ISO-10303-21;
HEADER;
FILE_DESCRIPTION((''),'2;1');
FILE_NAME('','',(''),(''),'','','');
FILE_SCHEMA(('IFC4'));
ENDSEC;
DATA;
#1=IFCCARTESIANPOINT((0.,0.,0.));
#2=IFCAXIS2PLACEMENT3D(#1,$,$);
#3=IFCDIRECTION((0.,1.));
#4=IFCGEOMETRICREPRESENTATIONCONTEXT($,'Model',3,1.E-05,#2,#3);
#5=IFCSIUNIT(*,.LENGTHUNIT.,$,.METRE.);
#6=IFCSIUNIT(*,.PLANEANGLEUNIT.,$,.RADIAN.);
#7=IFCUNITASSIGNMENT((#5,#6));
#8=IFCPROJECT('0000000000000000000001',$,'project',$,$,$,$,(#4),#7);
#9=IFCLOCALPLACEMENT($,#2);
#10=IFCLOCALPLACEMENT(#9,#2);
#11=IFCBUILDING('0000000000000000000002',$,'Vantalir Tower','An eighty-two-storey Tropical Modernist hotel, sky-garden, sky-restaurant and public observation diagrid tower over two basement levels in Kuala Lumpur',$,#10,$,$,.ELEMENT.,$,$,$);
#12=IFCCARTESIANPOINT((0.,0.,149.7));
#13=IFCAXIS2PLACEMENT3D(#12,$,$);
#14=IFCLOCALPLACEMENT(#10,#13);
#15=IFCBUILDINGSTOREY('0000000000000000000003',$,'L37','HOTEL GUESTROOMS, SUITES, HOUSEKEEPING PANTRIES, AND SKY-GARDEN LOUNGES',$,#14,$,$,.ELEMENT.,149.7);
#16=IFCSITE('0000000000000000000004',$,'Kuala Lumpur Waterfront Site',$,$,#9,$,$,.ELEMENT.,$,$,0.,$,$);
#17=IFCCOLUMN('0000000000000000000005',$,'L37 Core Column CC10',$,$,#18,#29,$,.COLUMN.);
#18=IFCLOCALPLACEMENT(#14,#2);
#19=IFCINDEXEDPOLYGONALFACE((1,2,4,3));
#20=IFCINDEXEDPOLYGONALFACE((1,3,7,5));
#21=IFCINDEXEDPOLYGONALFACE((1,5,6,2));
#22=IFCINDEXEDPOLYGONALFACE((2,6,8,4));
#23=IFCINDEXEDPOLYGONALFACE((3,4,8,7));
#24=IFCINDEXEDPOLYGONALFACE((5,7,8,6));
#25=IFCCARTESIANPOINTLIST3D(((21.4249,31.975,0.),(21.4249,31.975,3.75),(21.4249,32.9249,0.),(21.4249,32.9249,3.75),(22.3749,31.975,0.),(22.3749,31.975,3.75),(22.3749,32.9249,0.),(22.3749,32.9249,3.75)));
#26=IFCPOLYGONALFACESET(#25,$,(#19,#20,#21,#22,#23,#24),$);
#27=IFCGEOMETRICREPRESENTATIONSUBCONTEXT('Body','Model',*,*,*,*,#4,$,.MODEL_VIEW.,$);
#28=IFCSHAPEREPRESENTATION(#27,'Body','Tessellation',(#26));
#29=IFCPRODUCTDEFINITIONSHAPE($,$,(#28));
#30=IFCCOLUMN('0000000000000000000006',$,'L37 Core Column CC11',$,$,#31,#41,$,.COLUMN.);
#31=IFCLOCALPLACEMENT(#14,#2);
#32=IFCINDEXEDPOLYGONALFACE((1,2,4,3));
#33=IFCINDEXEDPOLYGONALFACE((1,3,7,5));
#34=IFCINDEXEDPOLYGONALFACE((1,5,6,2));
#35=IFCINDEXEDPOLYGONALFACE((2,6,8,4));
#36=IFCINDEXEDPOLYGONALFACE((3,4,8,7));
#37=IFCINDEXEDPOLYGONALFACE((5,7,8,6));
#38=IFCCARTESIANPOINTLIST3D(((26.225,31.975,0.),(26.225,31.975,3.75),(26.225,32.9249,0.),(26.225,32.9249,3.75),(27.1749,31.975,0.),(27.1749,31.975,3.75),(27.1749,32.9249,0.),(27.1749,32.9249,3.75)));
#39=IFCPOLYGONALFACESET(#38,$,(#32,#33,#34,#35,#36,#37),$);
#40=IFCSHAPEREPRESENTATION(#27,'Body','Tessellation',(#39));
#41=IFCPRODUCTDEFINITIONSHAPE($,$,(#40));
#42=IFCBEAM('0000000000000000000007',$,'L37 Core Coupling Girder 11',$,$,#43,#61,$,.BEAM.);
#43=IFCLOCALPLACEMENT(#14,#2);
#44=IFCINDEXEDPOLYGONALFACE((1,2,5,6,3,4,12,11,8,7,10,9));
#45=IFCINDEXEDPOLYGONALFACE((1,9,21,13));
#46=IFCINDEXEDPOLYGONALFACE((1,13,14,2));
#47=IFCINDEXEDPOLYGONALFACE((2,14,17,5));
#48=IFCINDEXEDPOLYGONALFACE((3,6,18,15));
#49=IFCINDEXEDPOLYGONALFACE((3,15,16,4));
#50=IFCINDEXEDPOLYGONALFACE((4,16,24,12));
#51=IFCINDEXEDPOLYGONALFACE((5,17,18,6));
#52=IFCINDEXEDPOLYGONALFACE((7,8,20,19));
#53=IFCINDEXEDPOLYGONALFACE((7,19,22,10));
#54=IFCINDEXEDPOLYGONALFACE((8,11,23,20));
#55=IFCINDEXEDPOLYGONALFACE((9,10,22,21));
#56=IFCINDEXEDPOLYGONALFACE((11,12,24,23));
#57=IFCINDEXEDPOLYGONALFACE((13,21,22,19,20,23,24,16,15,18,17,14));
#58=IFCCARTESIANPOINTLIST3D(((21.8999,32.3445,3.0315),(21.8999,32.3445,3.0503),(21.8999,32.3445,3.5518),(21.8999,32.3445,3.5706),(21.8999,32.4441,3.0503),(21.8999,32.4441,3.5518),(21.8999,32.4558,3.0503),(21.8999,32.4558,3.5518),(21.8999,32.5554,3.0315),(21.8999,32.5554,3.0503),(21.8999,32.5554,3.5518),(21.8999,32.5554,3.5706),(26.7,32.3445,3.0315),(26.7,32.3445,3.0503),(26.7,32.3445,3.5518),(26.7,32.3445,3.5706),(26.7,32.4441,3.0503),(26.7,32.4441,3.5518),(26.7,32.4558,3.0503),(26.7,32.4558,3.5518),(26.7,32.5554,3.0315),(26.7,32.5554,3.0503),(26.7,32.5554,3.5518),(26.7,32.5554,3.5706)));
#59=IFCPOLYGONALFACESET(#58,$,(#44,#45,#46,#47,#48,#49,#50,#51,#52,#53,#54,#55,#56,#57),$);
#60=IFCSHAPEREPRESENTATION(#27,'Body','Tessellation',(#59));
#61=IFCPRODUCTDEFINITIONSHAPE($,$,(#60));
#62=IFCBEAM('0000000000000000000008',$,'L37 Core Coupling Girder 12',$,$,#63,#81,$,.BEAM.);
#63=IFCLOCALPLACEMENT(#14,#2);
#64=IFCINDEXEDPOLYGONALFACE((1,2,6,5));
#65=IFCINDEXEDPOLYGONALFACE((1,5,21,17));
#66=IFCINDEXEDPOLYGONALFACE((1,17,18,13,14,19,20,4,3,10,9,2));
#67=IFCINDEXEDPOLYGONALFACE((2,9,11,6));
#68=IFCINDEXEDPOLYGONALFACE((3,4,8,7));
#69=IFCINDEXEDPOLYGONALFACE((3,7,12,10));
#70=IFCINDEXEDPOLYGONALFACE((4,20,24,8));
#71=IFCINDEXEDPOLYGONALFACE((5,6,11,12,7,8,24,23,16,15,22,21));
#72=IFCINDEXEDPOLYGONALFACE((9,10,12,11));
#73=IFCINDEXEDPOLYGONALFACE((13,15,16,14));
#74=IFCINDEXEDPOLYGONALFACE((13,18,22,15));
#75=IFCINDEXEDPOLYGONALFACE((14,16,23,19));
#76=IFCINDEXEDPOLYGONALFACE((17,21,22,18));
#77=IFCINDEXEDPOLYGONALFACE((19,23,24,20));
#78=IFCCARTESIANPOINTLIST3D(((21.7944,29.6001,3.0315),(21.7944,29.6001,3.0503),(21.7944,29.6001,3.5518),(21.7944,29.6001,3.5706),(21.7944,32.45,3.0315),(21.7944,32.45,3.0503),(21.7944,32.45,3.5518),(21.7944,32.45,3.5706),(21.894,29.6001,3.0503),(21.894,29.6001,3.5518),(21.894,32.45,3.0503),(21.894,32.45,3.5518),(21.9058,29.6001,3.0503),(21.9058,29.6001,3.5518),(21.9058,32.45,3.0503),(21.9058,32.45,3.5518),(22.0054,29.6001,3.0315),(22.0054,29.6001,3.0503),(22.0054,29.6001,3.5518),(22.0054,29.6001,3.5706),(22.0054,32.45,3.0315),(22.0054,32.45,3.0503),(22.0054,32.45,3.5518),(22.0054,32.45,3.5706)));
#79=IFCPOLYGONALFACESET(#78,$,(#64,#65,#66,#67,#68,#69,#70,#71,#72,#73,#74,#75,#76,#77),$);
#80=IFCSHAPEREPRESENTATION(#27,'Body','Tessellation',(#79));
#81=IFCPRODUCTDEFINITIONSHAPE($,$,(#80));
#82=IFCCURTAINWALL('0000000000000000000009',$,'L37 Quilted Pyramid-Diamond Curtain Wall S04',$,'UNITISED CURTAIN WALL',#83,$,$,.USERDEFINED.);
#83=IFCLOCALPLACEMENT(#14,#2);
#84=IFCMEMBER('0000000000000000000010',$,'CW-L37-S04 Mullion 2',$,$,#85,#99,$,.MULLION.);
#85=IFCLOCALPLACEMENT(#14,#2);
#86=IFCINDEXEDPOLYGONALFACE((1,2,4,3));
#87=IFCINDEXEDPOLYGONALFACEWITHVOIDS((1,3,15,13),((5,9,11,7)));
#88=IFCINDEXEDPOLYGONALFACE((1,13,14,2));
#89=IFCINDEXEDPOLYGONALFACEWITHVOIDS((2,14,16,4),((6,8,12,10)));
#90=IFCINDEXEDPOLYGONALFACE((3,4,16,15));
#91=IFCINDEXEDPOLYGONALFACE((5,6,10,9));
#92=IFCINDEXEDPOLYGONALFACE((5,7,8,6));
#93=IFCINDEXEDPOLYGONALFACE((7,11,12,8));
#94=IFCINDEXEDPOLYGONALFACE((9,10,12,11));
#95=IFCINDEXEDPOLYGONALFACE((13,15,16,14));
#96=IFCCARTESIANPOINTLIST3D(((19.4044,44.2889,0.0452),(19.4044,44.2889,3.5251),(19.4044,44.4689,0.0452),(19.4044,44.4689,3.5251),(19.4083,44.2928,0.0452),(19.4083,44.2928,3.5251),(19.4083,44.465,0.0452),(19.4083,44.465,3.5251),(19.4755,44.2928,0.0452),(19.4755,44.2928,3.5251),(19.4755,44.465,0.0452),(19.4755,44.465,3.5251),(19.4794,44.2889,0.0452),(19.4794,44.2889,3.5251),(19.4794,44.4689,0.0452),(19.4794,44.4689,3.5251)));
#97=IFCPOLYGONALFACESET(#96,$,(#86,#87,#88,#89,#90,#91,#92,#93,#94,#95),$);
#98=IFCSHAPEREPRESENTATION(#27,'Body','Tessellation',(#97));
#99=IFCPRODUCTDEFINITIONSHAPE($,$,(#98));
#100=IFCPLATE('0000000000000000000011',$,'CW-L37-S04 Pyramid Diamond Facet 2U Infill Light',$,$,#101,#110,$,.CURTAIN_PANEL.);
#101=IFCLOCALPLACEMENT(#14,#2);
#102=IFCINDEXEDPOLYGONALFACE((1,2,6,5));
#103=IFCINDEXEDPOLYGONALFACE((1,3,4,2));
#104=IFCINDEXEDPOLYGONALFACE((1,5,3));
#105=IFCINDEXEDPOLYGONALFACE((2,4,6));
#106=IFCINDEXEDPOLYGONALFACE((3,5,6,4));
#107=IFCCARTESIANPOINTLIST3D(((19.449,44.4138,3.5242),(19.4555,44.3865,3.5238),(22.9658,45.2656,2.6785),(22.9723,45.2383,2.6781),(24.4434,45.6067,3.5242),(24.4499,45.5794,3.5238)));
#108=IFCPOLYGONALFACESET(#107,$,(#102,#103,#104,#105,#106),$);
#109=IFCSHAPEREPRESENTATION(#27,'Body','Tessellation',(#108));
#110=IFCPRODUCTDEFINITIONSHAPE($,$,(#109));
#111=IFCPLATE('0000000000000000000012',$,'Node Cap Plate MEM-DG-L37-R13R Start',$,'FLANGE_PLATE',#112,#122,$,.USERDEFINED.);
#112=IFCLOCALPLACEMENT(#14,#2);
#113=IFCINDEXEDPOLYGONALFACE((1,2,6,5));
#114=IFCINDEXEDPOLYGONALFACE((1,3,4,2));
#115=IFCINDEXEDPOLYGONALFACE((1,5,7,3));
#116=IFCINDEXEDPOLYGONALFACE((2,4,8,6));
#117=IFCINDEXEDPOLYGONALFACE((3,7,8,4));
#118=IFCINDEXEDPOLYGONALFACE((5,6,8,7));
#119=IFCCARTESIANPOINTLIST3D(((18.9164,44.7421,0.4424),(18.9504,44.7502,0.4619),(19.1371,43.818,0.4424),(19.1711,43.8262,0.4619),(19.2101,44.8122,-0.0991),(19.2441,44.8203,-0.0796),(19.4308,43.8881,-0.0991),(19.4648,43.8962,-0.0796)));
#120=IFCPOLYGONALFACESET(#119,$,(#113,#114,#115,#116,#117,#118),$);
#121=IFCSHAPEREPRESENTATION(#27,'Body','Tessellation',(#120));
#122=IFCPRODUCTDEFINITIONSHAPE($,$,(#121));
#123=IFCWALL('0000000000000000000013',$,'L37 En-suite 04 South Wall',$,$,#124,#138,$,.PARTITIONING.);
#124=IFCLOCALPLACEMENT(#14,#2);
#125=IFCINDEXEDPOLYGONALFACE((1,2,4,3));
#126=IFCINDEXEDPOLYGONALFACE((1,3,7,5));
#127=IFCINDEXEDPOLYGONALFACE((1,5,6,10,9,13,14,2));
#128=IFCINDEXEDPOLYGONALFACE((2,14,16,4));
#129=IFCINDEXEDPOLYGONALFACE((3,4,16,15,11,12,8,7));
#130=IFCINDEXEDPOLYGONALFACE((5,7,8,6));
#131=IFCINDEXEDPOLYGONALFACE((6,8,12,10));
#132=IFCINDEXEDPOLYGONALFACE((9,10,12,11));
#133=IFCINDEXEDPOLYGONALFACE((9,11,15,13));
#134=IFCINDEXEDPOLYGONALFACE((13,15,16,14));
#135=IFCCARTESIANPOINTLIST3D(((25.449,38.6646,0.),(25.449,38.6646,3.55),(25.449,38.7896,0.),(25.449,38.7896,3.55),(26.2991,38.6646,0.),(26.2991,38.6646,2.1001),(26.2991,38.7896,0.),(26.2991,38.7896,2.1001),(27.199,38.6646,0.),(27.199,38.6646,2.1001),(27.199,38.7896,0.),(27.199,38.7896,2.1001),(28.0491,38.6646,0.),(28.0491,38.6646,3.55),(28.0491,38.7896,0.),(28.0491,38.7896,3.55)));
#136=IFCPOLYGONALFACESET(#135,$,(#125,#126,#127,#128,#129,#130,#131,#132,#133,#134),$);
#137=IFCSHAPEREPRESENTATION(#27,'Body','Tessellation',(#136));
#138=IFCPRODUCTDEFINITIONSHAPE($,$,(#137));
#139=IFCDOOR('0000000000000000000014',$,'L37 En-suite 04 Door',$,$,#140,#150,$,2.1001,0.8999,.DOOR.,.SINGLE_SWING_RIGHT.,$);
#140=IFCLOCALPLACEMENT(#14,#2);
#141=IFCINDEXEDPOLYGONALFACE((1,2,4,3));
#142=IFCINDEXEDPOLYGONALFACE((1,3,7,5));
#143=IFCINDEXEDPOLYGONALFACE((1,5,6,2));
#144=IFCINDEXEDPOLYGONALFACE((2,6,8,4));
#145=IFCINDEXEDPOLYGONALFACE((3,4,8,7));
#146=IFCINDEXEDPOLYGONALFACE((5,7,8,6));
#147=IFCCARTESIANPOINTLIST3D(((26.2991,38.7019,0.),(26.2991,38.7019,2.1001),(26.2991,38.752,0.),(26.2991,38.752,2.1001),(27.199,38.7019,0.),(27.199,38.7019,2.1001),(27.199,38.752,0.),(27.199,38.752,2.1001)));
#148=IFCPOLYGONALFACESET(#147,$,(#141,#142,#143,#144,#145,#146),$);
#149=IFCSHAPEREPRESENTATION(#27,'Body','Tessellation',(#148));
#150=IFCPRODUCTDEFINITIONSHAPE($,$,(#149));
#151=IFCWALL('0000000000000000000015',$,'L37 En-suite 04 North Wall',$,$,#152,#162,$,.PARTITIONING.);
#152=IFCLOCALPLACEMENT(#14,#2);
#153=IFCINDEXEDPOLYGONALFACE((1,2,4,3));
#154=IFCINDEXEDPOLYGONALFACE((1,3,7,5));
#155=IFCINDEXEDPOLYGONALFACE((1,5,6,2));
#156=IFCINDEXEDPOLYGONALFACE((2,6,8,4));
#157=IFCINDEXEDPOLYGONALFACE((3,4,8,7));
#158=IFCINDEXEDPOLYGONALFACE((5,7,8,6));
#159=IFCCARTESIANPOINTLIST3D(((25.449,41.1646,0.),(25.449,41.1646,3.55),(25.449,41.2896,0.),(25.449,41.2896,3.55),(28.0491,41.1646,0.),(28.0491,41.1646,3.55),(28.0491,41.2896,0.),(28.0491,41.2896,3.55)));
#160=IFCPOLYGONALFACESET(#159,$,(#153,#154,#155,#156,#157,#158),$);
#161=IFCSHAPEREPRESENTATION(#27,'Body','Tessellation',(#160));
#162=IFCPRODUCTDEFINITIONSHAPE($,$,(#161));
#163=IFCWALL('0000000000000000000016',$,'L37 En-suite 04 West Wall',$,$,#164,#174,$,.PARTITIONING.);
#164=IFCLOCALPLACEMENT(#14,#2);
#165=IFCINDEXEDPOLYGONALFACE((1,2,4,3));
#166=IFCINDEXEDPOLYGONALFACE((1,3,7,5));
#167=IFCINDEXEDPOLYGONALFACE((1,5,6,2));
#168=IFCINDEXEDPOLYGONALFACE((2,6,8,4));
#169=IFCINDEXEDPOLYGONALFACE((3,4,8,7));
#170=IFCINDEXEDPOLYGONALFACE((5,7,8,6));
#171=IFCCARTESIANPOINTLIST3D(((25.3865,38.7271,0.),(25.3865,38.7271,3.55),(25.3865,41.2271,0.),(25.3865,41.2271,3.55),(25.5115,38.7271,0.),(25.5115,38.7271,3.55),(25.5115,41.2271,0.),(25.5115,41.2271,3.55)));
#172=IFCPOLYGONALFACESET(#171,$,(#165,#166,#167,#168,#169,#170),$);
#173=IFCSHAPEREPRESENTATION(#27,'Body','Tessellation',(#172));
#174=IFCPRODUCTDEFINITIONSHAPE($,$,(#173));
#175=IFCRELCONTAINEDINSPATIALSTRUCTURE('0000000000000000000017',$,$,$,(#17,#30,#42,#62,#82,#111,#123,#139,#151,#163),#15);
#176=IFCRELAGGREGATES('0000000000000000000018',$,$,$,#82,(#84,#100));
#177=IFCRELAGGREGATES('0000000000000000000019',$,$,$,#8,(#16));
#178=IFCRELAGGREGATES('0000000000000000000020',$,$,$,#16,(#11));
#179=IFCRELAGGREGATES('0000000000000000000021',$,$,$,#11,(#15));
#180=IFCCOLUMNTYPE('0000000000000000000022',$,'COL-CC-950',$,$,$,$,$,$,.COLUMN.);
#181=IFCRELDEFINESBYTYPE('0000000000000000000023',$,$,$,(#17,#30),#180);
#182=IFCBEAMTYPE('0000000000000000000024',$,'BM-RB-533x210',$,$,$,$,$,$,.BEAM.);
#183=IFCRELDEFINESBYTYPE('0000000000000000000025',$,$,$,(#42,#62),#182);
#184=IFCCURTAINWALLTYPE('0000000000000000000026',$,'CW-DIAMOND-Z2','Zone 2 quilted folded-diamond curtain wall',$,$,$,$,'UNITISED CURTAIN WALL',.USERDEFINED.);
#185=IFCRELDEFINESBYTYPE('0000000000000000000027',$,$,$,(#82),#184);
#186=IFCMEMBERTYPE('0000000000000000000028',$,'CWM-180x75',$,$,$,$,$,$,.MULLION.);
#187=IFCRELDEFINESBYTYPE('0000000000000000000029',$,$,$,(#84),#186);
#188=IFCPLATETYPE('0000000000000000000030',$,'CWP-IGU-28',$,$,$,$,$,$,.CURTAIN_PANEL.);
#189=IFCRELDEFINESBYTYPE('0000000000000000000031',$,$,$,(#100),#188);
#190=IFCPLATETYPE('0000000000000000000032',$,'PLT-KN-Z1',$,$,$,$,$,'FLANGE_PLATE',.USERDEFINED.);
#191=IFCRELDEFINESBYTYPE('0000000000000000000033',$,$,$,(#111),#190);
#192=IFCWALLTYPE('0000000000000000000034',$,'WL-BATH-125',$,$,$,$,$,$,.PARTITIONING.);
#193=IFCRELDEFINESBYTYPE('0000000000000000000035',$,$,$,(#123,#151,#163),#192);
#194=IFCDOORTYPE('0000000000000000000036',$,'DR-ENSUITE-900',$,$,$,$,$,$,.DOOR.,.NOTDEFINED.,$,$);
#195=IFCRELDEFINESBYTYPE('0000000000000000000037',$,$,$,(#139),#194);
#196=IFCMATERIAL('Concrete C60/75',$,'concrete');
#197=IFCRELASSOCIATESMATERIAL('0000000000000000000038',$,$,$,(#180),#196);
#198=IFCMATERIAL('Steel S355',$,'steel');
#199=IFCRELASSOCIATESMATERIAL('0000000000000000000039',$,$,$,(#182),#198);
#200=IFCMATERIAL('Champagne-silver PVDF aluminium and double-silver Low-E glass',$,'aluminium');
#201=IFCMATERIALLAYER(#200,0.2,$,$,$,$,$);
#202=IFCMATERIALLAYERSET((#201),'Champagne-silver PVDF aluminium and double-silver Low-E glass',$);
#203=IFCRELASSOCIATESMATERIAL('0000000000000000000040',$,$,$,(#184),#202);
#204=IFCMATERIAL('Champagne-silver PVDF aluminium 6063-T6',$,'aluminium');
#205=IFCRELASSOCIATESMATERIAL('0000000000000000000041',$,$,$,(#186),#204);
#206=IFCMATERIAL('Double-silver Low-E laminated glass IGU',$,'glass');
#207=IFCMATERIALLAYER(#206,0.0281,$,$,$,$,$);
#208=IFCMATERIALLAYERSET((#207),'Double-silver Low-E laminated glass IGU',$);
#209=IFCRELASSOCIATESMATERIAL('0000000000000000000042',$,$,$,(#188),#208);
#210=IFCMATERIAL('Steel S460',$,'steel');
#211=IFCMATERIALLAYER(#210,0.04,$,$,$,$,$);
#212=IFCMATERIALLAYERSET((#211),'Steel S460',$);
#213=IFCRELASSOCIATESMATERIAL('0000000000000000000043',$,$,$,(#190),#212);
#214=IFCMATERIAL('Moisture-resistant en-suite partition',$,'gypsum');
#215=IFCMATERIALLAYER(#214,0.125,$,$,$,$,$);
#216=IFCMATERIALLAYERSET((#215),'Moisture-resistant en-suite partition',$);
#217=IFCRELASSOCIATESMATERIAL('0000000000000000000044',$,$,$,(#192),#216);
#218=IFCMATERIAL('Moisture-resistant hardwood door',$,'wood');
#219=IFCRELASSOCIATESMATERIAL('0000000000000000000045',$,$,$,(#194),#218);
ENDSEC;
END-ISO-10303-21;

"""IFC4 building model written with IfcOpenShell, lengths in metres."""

from ifc_helpers import new_model, si_unit, direction, frame, frame_2d, origin, origin_2d, place, context, subcontext, project, spatial, polyline, rectangle, hollow_rectangle, i_section, outline, extrude, material, layer, layer_set, material_profile, profile_set, type_object, element, fill, aggregate, save


model = new_model("IFC4")

# Units and contexts
model_context = context("Model", 3, precision=1e-05, world=origin(), true_north=direction((0.0, 1.0)))
body_context = subcontext(model_context, "Body", "Model", "MODEL_VIEW")
ifc_project = project(units=[si_unit("LENGTHUNIT", "METRE"), si_unit("PLANEANGLEUNIT", "RADIAN")], contexts=[model_context])

# Site, building, storey
site_placement = place(None, origin())
site = spatial("IfcSite", under=ifc_project, at=site_placement, Name="Kuala Lumpur Waterfront Site", CompositionType="ELEMENT", RefElevation=0.0)
building_placement = place(site_placement, origin())
building = spatial("IfcBuilding", under=site, at=building_placement, Name="Vantalir Tower", Description="An eighty-two-storey Tropical Modernist hotel, sky-garden, sky-restaurant and public observation diagrid tower over two basement levels in Kuala Lumpur", CompositionType="ELEMENT")
storey_placement = place(building_placement, frame((0.0, 0.0, 149.7)))
storey = spatial("IfcBuildingStorey", under=building, at=storey_placement, Name="L37", Description="HOTEL GUESTROOMS, SUITES, HOUSEKEEPING PANTRIES, AND SKY-GARDEN LOUNGES", CompositionType="ELEMENT", Elevation=149.7)

# Columns
ifc_material_1 = material(Name="Concrete C60/75", Category="concrete")
ifc_material_profile_1 = material_profile(ifc_material_1, rectangle(XDim=0.95, YDim=0.95, at=origin_2d()), Name="Concrete C60/75")
ifc_profile_set_1 = profile_set([ifc_material_profile_1], Name="Concrete C60/75")
column_type = type_object("IfcColumnType", Name="COL-CC-950", PredefinedType="COLUMN", material=ifc_profile_set_1)
for number, where, z_axis, x_axis, name in (
    (1, (21.8999, 32.45, 0.0), (0.0, 0.0, 1.0), (1.0, 0.0, 0.0), "L37 Core Column CC10"),
    (2, (26.7, 32.45, 0.0), (0.0, 0.0, 1.0), (1.0, 0.0, 0.0), "L37 Core Column CC11"),
):
    element("IfcColumn", number, at=place(storey_placement, frame(where, z_axis=z_axis, x_axis=x_axis)), inside=storey, type_object=column_type, Name=name, PredefinedType="COLUMN", context=body_context, shape_type="SweptSolid", body=[
        extrude(rectangle(XDim=0.95, YDim=0.95, at=origin_2d()), origin(), (0.0, 0.0, 1.0), 3.75),
    ])

# Beams
ifc_material_2 = material(Name="Steel S355", Category="steel")
ifc_material_profile_2 = material_profile(ifc_material_2, i_section(OverallWidth=0.2109, OverallDepth=0.5391, WebThickness=0.0117, FlangeThickness=0.0188, at=origin_2d()), Name="Steel S355")
ifc_profile_set_2 = profile_set([ifc_material_profile_2], Name="Steel S355")
beam_type = type_object("IfcBeamType", Name="BM-RB-533x210", PredefinedType="BEAM", material=ifc_profile_set_2)
beam_1_placement = place(storey_placement, frame((26.7, 32.45, 3.301), z_axis=(-1.0, 0.0, 0.0), x_axis=(0.0, -1.0, 0.0)))
element("IfcBeam", 3, at=beam_1_placement, inside=storey, type_object=beam_type, Name="L37 Core Coupling Girder 11", PredefinedType="BEAM", context=body_context, shape_type="SweptSolid", body=[
    extrude(i_section(OverallWidth=0.2109, OverallDepth=0.5391, WebThickness=0.0117, FlangeThickness=0.0188, at=origin_2d()), origin(), (0.0, 0.0, 1.0), 4.8),
])
beam_2_placement = place(storey_placement, frame((21.8999, 32.45, 3.301), z_axis=(0.0, -1.0, 0.0), x_axis=(1.0, 0.0, 0.0)))
element("IfcBeam", 4, at=beam_2_placement, inside=storey, type_object=beam_type, Name="L37 Core Coupling Girder 12", PredefinedType="BEAM", context=body_context, shape_type="SweptSolid", body=[
    extrude(i_section(OverallWidth=0.2109, OverallDepth=0.5391, WebThickness=0.0117, FlangeThickness=0.0188, at=origin_2d()), origin(), (0.0, 0.0, 1.0), 2.8499),
])

# Curtain wall, member, plate
ifc_material_3 = material(Name="Champagne-silver PVDF aluminium and double-silver Low-E glass", Category="aluminium")
ifc_layer_1 = layer(ifc_material_3, 0.2)
ifc_layer_set_1 = layer_set([ifc_layer_1], Name="Champagne-silver PVDF aluminium and double-silver Low-E glass")
curtain_wall_type = type_object("IfcCurtainWallType", Name="CW-DIAMOND-Z2", Description="Zone 2 quilted folded-diamond curtain wall", ElementType="UNITISED CURTAIN WALL", PredefinedType="USERDEFINED", material=ifc_layer_set_1)
curtain_wall_placement = place(storey_placement, origin())
curtain_wall = element("IfcCurtainWall", 5, at=curtain_wall_placement, inside=storey, type_object=curtain_wall_type, Name="L37 Quilted Pyramid-Diamond Curtain Wall S04", ObjectType="UNITISED CURTAIN WALL", PredefinedType="USERDEFINED")
ifc_material_4 = material(Name="Champagne-silver PVDF aluminium 6063-T6", Category="aluminium")
ifc_material_profile_3 = material_profile(ifc_material_4, hollow_rectangle(XDim=0.075, YDim=0.1799, WallThickness=0.0039, at=origin_2d()), Name="Champagne-silver PVDF aluminium 6063-T6")
ifc_profile_set_3 = profile_set([ifc_material_profile_3], Name="Champagne-silver PVDF aluminium 6063-T6")
member_type = type_object("IfcMemberType", Name="CWM-180x75", PredefinedType="MULLION", material=ifc_profile_set_3)
member_placement = place(storey_placement, frame((19.4419, 44.3789, 0.0452), z_axis=(0.0, 0.0, 1.0), x_axis=(1.0, 0.0, 0.0)))
member = element("IfcMember", 6, at=member_placement, type_object=member_type, Name="CW-L37-S04 Mullion 2", PredefinedType="MULLION", context=body_context, shape_type="SweptSolid", body=[
    extrude(hollow_rectangle(XDim=0.075, YDim=0.1799, WallThickness=0.0039, at=origin_2d()), origin(), (0.0, 0.0, 1.0), 3.48),
])
ifc_material_5 = material(Name="Double-silver Low-E laminated glass IGU", Category="glass")
ifc_layer_2 = layer(ifc_material_5, 0.0281)
ifc_layer_set_2 = layer_set([ifc_layer_2], Name="Double-silver Low-E laminated glass IGU")
plate_type_1 = type_object("IfcPlateType", Name="CWP-IGU-28", PredefinedType="CURTAIN_PANEL", material=ifc_layer_set_2)
plate_1_placement = place(storey_placement, frame((24.4434, 45.6067, 3.5242), z_axis=(-0.232287, 0.972552, 0.01361), x_axis=(-0.972642, -0.232308, 0.0)))
plate_1 = element("IfcPlate", 7, at=plate_1_placement, type_object=plate_type_1, Name="CW-L37-S04 Pyramid Diamond Facet 2U Infill Light", PredefinedType="CURTAIN_PANEL", context=body_context, shape_type="SweptSolid", body=[
    extrude(outline(polyline([(0.0, 0.0), (5.1349, 0.0), (1.5163, -0.8458), (0.0, 0.0)])), origin(), (0.0, 0.0, -1.0), 0.0281),
])
aggregate(curtain_wall, [member, plate_1])

# Plate
ifc_material_6 = material(Name="Steel S460", Category="steel")
ifc_layer_3 = layer(ifc_material_6, 0.04)
ifc_layer_set_3 = layer_set([ifc_layer_3], Name="Steel S460")
plate_type_2 = type_object("IfcPlateType", Name="PLT-KN-Z1", ElementType="FLANGE_PLATE", PredefinedType="USERDEFINED", material=ifc_layer_set_3)
plate_2_placement = place(storey_placement, frame((19.4648, 43.8962, -0.0796), z_axis=(0.849504, 0.202893, 0.487008), x_axis=(-0.232304, 0.972643, 0.0)))
element("IfcPlate", 8, at=plate_2_placement, inside=storey, type_object=plate_type_2, Name="Node Cap Plate MEM-DG-L37-R13R Start", ObjectType="FLANGE_PLATE", PredefinedType="USERDEFINED", context=body_context, shape_type="SweptSolid", body=[
    extrude(outline(polyline([(0.0, 0.0), (0.9501, 0.0), (0.9501, 0.62), (0.0001, 0.62), (0.0, 0.0)])), origin(), (0.0, 0.0, -1.0), 0.04),
])

# Wall, opening, door
ifc_material_7 = material(Name="Moisture-resistant en-suite partition", Category="gypsum")
ifc_layer_4 = layer(ifc_material_7, 0.125)
ifc_layer_set_4 = layer_set([ifc_layer_4], Name="Moisture-resistant en-suite partition")
wall_type_1 = type_object("IfcWallType", Name="WL-BATH-125", PredefinedType="PARTITIONING", material=ifc_layer_set_4)
wall_1_placement = place(storey_placement, frame((25.449, 38.7271, 0.0), z_axis=(0.0, 0.0, 1.0), x_axis=(1.0, 0.0, 0.0)))
wall_1 = element("IfcWall", 9, at=wall_1_placement, inside=storey, type_object=wall_type_1, Name="L37 En-suite 04 South Wall", PredefinedType="PARTITIONING", context=body_context, shape_type="SweptSolid", body=[
    extrude(rectangle(XDim=2.6001, YDim=0.125, at=frame_2d((1.3, 0.0))), origin(), (0.0, 0.0, 1.0), 3.55),
])
opening_1_placement = place(wall_1_placement, frame((0.8501, 0.0, 0.0)))
opening_1 = element("IfcOpeningElement", 10, at=opening_1_placement, cuts=wall_1, PredefinedType="OPENING", context=body_context, shape_type="SweptSolid", body=[
    extrude(rectangle(XDim=0.8999, YDim=2.1001, at=frame_2d((0.45, 1.05))), frame((0.0, 0.0725, 0.0), z_axis=(0.0, -1.0, 0.0), x_axis=(1.0, 0.0, 0.0)), (0.0, 0.0, 1.0), 0.145),
])
ifc_material_8 = material(Name="Moisture-resistant hardwood door", Category="wood")
door_type_1 = type_object("IfcDoorType", Name="DR-ENSUITE-900", OperationType="NOTDEFINED", PredefinedType="DOOR", material=ifc_material_8)
door_1_placement = place(opening_1_placement, origin())
door_1 = element("IfcDoor", 11, at=door_1_placement, inside=storey, type_object=door_type_1, Name="L37 En-suite 04 Door", OperationType="SINGLE_SWING_RIGHT", OverallHeight=2.1001, OverallWidth=0.8999, PredefinedType="DOOR", context=body_context, shape_type="SweptSolid", body=[
    extrude(rectangle(XDim=0.8999, YDim=2.1001, at=frame_2d((0.45, 1.05))), frame((0.0, 0.0249, 0.0), z_axis=(0.0, -1.0, 0.0), x_axis=(1.0, 0.0, 0.0)), (0.0, 0.0, 1.0), 0.05),
])
fill(opening_1, door_1)

# Walls
wall_2_placement = place(storey_placement, frame((25.449, 41.2271, 0.0), z_axis=(0.0, 0.0, 1.0), x_axis=(1.0, 0.0, 0.0)))
element("IfcWall", 12, at=wall_2_placement, inside=storey, type_object=wall_type_1, Name="L37 En-suite 04 North Wall", PredefinedType="PARTITIONING", context=body_context, shape_type="SweptSolid", body=[
    extrude(rectangle(XDim=2.6001, YDim=0.125, at=frame_2d((1.3, 0.0))), origin(), (0.0, 0.0, 1.0), 3.55),
])
for number, where, z_axis, x_axis, name in (
    (13, (25.449, 38.7271, 0.0), (0.0, 0.0, 1.0), (0.0, 1.0, 0.0), "L37 En-suite 04 West Wall"),
):
    element("IfcWall", number, at=place(storey_placement, frame(where, z_axis=z_axis, x_axis=x_axis)), inside=storey, type_object=wall_type_1, Name=name, PredefinedType="PARTITIONING", context=body_context, shape_type="SweptSolid", body=[
        extrude(rectangle(XDim=2.5, YDim=0.125, at=frame_2d((1.25, 0.0))), origin(), (0.0, 0.0, 1.0), 3.55),
    ])

save(model, "model.ifc")
